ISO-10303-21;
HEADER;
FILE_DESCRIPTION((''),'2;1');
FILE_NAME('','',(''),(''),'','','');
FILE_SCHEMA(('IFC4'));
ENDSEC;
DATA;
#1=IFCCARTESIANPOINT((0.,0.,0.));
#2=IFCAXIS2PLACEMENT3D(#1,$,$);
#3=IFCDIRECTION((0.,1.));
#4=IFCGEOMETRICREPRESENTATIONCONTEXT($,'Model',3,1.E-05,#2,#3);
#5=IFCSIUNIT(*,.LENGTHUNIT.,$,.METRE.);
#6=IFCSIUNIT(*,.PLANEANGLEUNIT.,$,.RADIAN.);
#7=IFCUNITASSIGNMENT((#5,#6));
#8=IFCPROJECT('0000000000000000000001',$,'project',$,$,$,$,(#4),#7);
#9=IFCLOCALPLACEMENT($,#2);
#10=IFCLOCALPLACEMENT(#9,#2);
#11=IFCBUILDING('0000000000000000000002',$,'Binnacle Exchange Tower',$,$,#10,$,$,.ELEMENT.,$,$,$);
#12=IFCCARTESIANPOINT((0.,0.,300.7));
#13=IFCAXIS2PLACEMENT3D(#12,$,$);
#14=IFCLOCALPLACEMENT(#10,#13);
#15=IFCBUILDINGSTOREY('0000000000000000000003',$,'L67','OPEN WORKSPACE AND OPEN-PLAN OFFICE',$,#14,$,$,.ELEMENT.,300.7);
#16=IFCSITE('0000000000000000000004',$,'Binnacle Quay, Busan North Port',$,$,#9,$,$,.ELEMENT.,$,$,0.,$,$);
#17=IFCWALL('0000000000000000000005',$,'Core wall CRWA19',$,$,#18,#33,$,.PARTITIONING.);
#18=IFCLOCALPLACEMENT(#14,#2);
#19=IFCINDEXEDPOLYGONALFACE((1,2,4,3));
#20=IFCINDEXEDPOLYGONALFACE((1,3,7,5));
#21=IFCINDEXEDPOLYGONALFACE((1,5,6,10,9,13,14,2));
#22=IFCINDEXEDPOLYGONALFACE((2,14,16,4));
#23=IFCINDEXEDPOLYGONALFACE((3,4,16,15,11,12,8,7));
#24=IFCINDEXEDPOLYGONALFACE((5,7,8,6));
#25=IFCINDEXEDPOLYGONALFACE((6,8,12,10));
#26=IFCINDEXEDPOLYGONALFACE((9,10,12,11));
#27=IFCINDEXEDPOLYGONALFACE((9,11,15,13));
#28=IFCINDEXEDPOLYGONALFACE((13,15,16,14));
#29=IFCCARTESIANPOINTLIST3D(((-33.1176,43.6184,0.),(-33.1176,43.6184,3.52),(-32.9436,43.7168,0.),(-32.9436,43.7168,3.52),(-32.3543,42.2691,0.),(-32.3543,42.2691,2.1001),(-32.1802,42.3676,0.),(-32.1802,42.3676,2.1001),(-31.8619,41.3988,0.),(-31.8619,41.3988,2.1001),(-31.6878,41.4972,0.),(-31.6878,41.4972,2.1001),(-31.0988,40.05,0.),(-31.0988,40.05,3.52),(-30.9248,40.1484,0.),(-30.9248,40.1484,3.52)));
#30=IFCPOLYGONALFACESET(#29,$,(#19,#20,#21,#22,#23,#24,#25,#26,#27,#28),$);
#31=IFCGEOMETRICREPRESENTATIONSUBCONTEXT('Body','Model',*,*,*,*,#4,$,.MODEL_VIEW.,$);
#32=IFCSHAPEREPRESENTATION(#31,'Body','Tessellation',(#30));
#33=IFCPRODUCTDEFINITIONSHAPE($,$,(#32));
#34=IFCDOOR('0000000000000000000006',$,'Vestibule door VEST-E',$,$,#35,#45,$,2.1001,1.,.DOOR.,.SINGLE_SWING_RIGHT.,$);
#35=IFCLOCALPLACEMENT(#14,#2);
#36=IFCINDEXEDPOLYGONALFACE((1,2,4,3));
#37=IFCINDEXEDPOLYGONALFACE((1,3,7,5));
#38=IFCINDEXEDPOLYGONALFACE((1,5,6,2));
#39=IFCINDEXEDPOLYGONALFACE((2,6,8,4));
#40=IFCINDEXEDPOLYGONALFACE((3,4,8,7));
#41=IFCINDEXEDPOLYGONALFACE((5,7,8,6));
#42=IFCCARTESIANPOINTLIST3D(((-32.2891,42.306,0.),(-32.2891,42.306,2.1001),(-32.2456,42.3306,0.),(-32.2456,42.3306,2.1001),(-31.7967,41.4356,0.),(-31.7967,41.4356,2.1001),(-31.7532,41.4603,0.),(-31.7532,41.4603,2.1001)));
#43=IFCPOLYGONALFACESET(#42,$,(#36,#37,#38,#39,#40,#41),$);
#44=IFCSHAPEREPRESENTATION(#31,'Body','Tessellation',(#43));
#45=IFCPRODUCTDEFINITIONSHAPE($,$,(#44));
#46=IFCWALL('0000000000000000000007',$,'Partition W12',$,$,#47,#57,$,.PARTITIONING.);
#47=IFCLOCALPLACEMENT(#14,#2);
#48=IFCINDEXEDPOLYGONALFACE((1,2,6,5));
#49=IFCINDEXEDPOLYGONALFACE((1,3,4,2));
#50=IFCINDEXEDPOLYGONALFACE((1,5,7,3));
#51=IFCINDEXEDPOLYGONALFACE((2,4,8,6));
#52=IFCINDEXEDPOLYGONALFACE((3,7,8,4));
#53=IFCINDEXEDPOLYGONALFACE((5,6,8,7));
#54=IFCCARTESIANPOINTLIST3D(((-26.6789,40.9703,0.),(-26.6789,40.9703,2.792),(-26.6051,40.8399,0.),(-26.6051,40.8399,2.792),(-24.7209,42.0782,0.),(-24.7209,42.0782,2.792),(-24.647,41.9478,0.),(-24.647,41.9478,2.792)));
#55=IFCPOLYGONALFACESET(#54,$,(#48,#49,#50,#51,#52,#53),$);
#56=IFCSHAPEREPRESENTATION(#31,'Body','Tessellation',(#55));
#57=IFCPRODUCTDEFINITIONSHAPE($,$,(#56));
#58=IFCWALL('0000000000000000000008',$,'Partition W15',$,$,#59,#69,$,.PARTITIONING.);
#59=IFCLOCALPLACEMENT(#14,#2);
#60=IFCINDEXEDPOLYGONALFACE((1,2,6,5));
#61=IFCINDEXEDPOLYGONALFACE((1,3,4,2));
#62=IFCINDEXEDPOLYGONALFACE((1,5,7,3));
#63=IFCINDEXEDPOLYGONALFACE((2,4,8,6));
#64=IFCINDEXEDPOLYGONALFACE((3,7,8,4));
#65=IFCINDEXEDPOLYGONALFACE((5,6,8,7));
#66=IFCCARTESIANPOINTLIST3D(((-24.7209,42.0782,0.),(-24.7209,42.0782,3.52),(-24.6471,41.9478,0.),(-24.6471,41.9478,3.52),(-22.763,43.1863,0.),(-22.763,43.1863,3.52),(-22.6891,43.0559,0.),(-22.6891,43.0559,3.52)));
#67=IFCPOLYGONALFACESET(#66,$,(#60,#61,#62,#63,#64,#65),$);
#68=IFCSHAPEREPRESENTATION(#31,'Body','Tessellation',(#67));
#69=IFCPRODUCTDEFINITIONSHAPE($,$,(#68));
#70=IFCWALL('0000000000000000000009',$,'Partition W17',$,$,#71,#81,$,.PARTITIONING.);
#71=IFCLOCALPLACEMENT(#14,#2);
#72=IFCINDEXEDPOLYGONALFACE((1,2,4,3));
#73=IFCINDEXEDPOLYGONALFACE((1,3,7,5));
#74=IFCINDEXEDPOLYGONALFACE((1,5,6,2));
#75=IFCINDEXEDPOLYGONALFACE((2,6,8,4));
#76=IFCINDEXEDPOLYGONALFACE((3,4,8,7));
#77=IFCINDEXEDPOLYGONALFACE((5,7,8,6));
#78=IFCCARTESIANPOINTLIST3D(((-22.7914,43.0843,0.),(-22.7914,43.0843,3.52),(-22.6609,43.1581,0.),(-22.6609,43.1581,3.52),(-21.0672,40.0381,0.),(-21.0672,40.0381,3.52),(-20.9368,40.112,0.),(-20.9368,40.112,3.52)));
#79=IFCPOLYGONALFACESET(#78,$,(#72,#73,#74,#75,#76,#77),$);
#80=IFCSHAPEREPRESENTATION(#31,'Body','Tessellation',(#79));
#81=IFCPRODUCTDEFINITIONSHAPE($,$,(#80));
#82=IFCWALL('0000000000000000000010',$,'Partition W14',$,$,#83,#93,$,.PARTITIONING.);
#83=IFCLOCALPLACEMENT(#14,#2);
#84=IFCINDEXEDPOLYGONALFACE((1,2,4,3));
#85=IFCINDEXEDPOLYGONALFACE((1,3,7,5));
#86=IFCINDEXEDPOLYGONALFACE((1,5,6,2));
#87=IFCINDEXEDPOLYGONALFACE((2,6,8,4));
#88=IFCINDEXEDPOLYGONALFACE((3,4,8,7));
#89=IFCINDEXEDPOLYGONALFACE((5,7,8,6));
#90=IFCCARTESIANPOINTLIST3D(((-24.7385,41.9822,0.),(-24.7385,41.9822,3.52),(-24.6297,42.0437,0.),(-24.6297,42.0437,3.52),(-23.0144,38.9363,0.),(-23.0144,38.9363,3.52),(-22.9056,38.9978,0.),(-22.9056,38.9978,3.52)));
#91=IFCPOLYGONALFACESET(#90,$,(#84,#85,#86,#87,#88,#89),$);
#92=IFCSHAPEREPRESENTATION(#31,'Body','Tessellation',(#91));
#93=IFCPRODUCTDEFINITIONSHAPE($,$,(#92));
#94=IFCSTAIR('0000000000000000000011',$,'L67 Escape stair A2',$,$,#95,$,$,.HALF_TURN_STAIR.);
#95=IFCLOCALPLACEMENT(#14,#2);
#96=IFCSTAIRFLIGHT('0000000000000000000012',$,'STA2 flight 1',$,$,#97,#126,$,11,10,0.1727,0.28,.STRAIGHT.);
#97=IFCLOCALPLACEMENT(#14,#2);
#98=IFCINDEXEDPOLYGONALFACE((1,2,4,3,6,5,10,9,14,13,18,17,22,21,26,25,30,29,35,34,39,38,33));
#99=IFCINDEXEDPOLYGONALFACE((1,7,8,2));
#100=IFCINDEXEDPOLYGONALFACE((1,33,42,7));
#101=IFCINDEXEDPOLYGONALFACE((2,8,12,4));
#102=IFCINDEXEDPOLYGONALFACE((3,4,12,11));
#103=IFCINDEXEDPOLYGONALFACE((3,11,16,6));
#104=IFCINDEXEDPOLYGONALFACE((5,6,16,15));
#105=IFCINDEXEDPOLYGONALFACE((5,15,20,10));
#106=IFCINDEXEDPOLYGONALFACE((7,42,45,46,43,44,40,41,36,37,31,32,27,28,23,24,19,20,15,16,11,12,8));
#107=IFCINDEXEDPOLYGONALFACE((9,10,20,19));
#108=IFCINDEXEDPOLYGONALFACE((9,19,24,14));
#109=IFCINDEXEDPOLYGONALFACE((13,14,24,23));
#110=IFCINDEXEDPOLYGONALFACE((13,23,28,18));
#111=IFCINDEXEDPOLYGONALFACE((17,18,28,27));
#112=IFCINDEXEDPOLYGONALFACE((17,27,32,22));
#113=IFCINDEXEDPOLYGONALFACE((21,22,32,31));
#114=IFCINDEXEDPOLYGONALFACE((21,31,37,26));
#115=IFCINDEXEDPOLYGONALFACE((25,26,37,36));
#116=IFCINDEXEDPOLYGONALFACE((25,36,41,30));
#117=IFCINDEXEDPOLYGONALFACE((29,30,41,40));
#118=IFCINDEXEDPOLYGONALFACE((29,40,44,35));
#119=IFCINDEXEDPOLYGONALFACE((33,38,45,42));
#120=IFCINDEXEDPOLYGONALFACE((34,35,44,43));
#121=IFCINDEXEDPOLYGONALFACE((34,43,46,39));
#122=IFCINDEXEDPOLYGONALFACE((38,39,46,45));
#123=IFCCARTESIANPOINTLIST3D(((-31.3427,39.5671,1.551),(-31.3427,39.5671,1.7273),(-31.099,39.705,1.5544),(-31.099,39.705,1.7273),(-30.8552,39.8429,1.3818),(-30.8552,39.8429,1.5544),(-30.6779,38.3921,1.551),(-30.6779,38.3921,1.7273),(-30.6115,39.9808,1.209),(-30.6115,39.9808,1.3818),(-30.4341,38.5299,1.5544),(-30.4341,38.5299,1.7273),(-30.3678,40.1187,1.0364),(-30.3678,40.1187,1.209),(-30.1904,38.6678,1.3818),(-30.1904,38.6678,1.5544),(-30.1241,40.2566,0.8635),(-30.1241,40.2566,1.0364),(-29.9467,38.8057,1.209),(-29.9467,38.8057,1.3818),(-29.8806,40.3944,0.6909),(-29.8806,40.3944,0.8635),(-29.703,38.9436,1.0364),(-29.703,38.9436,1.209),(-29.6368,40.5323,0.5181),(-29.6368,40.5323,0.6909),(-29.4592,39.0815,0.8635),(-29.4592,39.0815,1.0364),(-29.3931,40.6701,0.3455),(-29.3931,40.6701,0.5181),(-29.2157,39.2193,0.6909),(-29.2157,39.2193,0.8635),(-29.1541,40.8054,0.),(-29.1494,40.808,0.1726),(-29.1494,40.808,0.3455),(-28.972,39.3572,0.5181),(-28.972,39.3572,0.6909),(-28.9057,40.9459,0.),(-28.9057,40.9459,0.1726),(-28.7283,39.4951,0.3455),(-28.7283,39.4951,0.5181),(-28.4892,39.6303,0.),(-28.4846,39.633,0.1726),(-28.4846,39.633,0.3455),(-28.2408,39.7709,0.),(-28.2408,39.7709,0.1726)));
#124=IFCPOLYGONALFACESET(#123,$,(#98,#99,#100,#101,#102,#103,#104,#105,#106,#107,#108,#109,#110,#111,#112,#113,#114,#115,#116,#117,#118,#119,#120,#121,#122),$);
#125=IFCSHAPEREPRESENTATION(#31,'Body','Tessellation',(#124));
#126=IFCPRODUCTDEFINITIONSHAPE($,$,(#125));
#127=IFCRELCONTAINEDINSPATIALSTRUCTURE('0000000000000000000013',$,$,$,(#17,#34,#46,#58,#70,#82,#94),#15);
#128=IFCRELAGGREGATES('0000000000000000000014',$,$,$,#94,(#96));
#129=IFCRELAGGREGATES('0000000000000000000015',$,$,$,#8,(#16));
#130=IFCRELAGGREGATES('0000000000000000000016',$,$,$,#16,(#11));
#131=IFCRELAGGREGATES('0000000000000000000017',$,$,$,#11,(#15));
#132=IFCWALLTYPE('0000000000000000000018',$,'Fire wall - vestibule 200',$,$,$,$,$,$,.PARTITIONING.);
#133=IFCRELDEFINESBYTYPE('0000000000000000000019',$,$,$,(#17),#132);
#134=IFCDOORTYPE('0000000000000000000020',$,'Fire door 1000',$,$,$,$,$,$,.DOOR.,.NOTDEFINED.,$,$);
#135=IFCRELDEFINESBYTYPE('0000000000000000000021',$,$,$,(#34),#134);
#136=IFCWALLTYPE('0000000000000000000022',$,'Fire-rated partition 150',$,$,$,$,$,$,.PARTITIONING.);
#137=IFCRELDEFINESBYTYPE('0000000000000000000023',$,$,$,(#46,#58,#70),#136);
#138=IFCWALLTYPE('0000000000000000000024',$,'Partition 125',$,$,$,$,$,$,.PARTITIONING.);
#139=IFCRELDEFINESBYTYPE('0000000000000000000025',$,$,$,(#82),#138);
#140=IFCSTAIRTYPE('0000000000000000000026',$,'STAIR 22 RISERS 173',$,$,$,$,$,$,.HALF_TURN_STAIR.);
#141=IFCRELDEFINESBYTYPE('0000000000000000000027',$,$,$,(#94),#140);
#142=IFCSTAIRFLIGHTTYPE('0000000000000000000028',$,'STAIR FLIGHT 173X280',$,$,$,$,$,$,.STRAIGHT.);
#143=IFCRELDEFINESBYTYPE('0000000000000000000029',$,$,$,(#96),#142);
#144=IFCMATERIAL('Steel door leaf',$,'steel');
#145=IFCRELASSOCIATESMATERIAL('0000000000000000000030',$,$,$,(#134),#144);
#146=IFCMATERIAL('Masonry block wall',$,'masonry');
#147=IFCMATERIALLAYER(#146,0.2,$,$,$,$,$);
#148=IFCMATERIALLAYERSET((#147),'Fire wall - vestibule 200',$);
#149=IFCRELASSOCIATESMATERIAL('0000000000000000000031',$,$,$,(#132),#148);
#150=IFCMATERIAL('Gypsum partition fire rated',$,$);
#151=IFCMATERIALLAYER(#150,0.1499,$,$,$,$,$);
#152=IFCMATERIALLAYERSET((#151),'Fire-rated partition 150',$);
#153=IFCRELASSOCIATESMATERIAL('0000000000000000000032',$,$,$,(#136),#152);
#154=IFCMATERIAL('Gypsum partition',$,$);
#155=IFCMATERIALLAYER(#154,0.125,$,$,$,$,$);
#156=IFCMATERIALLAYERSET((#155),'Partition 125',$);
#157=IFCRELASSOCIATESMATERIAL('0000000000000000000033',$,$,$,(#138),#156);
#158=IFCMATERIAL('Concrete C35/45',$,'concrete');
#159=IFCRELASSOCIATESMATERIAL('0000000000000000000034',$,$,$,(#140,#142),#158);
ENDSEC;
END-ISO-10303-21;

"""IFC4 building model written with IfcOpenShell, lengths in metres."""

from ifc_helpers import new_model, si_unit, direction, frame, frame_2d, origin, place, context, subcontext, project, spatial, polyline, rectangle, outline, extrude, material, layer, layer_set, type_object, element, fill, aggregate, save


model = new_model("IFC4")

# Units and contexts
model_context = context("Model", 3, precision=1e-05, world=origin(), true_north=direction((0.0, 1.0)))
body_context = subcontext(model_context, "Body", "Model", "MODEL_VIEW")
ifc_project = project(units=[si_unit("LENGTHUNIT", "METRE"), si_unit("PLANEANGLEUNIT", "RADIAN")], contexts=[model_context])

# Site, building, storey
site_placement = place(None, origin())
site = spatial("IfcSite", under=ifc_project, at=site_placement, Name="Binnacle Quay, Busan North Port", CompositionType="ELEMENT", RefElevation=0.0)
building_placement = place(site_placement, origin())
building = spatial("IfcBuilding", under=site, at=building_placement, Name="Binnacle Exchange Tower", CompositionType="ELEMENT")
storey_placement = place(building_placement, frame((0.0, 0.0, 300.7)))
storey = spatial("IfcBuildingStorey", under=building, at=storey_placement, Name="L67", Description="OPEN WORKSPACE AND OPEN-PLAN OFFICE", CompositionType="ELEMENT", Elevation=300.7)

# Wall, opening, door
ifc_material_1 = material(Name="Steel door leaf", Category="steel")
door_type = type_object("IfcDoorType", Name="Fire door 1000", OperationType="NOTDEFINED", PredefinedType="DOOR", material=ifc_material_1)
ifc_material_2 = material(Name="Masonry block wall", Category="masonry")
ifc_layer_1 = layer(ifc_material_2, 0.2)
ifc_layer_set_1 = layer_set([ifc_layer_1], Name="Fire wall - vestibule 200")
wall_type_1 = type_object("IfcWallType", Name="Fire wall - vestibule 200", PredefinedType="PARTITIONING", material=ifc_layer_set_1)
wall_1_placement = place(storey_placement, frame((-33.0305, 43.6675, 0.0), z_axis=(0.0, 0.0, 1.0), x_axis=(0.492408, -0.870364, 0.0)))
wall_1 = element("IfcWall", 1, at=wall_1_placement, inside=storey, type_object=wall_type_1, Name="Core wall CRWA19", PredefinedType="PARTITIONING", context=body_context, shape_type="SweptSolid", body=[
    extrude(rectangle(XDim=4.0999, YDim=0.2, at=frame_2d((2.0498, 0.0))), origin(), (0.0, 0.0, 1.0), 3.52),
])
opening_1_placement = place(wall_1_placement, frame((1.55, 0.0, 0.0)))
opening_1 = element("IfcOpeningElement", 2, at=opening_1_placement, cuts=wall_1, PredefinedType="OPENING", context=body_context, shape_type="SweptSolid", body=[
    extrude(rectangle(XDim=1.0, YDim=2.1001, at=frame_2d((0.5, 1.05))), frame((0.0, 0.1099, 0.0), z_axis=(0.0, -1.0, 0.0), x_axis=(1.0, 0.0, 0.0)), (0.0, 0.0, 1.0), 0.22),
])
door_1_placement = place(opening_1_placement, origin())
door_1 = element("IfcDoor", 3, at=door_1_placement, inside=storey, type_object=door_type, Name="Vestibule door VEST-E", OperationType="SINGLE_SWING_RIGHT", OverallHeight=2.1001, OverallWidth=1.0, PredefinedType="DOOR", context=body_context, shape_type="SweptSolid", body=[
    extrude(rectangle(XDim=1.0, YDim=2.1001, at=frame_2d((0.5, 1.05))), frame((0.0, 0.0249, 0.0), z_axis=(0.0, -1.0, 0.0), x_axis=(1.0, 0.0, 0.0)), (0.0, 0.0, 1.0), 0.05),
])
fill(opening_1, door_1)

# Walls
ifc_material_3 = material(Name="Gypsum partition fire rated")
ifc_layer_2 = layer(ifc_material_3, 0.1499)
ifc_layer_set_2 = layer_set([ifc_layer_2], Name="Fire-rated partition 150")
wall_type_2 = type_object("IfcWallType", Name="Fire-rated partition 150", PredefinedType="PARTITIONING", material=ifc_layer_set_2)
wall_2_placement = place(storey_placement, frame((-26.6421, 40.905, 0.0), z_axis=(0.0, 0.0, 1.0), x_axis=(0.870332, 0.492465, 0.0)))
element("IfcWall", 4, at=wall_2_placement, inside=storey, type_object=wall_type_2, Name="Partition W12", PredefinedType="PARTITIONING", context=body_context, shape_type="SweptSolid", body=[
    extrude(rectangle(XDim=2.2498, YDim=0.1499, at=frame_2d((1.125, 0.0))), origin(), (0.0, 0.0, 1.0), 2.792),
])
wall_3_placement = place(storey_placement, frame((-24.6841, 42.0129, 0.0), z_axis=(0.0, 0.0, 1.0), x_axis=(0.870286, 0.492547, 0.0)))
element("IfcWall", 5, at=wall_3_placement, inside=storey, type_object=wall_type_2, Name="Partition W15", PredefinedType="PARTITIONING", context=body_context, shape_type="SweptSolid", body=[
    extrude(rectangle(XDim=2.2498, YDim=0.1499, at=frame_2d((1.125, 0.0))), origin(), (0.0, 0.0, 1.0), 3.52),
])
wall_4_placement = place(storey_placement, frame((-22.7261, 43.1211, 0.0), z_axis=(0.0, 0.0, 1.0), x_axis=(0.492574, -0.87027, 0.0)))
element("IfcWall", 6, at=wall_4_placement, inside=storey, type_object=wall_type_2, Name="Partition W17", PredefinedType="PARTITIONING", context=body_context, shape_type="SweptSolid", body=[
    extrude(rectangle(XDim=3.5002, YDim=0.1499, at=frame_2d((1.75, 0.0))), origin(), (0.0, 0.0, 1.0), 3.52),
])
ifc_material_4 = material(Name="Gypsum partition")
ifc_layer_3 = layer(ifc_material_4, 0.125)
ifc_layer_set_3 = layer_set([ifc_layer_3], Name="Partition 125")
wall_type_3 = type_object("IfcWallType", Name="Partition 125", PredefinedType="PARTITIONING", material=ifc_layer_set_3)
wall_5_placement = place(storey_placement, frame((-24.6841, 42.0129, 0.0), z_axis=(0.0, 0.0, 1.0), x_axis=(0.492604, -0.870253, 0.0)))
element("IfcWall", 7, at=wall_5_placement, inside=storey, type_object=wall_type_3, Name="Partition W14", PredefinedType="PARTITIONING", context=body_context, shape_type="SweptSolid", body=[
    extrude(rectangle(XDim=3.5, YDim=0.125, at=frame_2d((1.75, 0.0))), origin(), (0.0, 0.0, 1.0), 3.52),
])

# Stair, stair flight
ifc_material_5 = material(Name="Concrete C35/45", Category="concrete")
stair_type = type_object("IfcStairType", Name="STAIR 22 RISERS 173", PredefinedType="HALF_TURN_STAIR", material=ifc_material_5)
stair_placement = place(storey_placement, origin())
stair = element("IfcStair", 8, at=stair_placement, inside=storey, type_object=stair_type, Name="L67 Escape stair A2", PredefinedType="HALF_TURN_STAIR")
stair_flight_type = type_object("IfcStairFlightType", Name="STAIR FLIGHT 173X280", PredefinedType="STRAIGHT", material=ifc_material_5)
stair_flight_placement = place(storey_placement, frame((-28.5732, 40.3584, 0.0), z_axis=(0.0, 0.0, 1.0), x_axis=(-0.870356, -0.492424, 0.0)))
stair_flight = element("IfcStairFlight", 9, at=stair_flight_placement, type_object=stair_flight_type, Name="STA2 flight 1", NumberOfRisers=11, NumberOfTreads=10, PredefinedType="STRAIGHT", RiserHeight=0.1727, TreadLength=0.28, context=body_context, shape_type="SweptSolid", body=[
    extrude(outline(polyline([(0.0, 0.0), (0.0, 0.1726), (0.28, 0.1726), (0.28, 0.3455), (0.5601, 0.3455), (0.5601, 0.5181), (0.8401, 0.5181), (0.8401, 0.6909), (1.1201, 0.6909), (1.1201, 0.8635), (1.3999, 0.8635), (1.3999, 1.0364), (1.6799, 1.0364), (1.6799, 1.209), (1.96, 1.209), (1.96, 1.3818), (2.24, 1.3818), (2.24, 1.5544), (2.52, 1.5544), (2.52, 1.7273), (2.8, 1.7273), (2.8, 1.8999), (2.8, 1.551), (0.2854, 0.0), (0.0, 0.0)])), frame((0.0, 0.675, 0.0), z_axis=(0.0, -1.0, 0.0), x_axis=(1.0, 0.0, 0.0)), (0.0, 0.0, 1.0), 1.3501),
])
aggregate(stair, [stair_flight])

save(model, "model.ifc")
